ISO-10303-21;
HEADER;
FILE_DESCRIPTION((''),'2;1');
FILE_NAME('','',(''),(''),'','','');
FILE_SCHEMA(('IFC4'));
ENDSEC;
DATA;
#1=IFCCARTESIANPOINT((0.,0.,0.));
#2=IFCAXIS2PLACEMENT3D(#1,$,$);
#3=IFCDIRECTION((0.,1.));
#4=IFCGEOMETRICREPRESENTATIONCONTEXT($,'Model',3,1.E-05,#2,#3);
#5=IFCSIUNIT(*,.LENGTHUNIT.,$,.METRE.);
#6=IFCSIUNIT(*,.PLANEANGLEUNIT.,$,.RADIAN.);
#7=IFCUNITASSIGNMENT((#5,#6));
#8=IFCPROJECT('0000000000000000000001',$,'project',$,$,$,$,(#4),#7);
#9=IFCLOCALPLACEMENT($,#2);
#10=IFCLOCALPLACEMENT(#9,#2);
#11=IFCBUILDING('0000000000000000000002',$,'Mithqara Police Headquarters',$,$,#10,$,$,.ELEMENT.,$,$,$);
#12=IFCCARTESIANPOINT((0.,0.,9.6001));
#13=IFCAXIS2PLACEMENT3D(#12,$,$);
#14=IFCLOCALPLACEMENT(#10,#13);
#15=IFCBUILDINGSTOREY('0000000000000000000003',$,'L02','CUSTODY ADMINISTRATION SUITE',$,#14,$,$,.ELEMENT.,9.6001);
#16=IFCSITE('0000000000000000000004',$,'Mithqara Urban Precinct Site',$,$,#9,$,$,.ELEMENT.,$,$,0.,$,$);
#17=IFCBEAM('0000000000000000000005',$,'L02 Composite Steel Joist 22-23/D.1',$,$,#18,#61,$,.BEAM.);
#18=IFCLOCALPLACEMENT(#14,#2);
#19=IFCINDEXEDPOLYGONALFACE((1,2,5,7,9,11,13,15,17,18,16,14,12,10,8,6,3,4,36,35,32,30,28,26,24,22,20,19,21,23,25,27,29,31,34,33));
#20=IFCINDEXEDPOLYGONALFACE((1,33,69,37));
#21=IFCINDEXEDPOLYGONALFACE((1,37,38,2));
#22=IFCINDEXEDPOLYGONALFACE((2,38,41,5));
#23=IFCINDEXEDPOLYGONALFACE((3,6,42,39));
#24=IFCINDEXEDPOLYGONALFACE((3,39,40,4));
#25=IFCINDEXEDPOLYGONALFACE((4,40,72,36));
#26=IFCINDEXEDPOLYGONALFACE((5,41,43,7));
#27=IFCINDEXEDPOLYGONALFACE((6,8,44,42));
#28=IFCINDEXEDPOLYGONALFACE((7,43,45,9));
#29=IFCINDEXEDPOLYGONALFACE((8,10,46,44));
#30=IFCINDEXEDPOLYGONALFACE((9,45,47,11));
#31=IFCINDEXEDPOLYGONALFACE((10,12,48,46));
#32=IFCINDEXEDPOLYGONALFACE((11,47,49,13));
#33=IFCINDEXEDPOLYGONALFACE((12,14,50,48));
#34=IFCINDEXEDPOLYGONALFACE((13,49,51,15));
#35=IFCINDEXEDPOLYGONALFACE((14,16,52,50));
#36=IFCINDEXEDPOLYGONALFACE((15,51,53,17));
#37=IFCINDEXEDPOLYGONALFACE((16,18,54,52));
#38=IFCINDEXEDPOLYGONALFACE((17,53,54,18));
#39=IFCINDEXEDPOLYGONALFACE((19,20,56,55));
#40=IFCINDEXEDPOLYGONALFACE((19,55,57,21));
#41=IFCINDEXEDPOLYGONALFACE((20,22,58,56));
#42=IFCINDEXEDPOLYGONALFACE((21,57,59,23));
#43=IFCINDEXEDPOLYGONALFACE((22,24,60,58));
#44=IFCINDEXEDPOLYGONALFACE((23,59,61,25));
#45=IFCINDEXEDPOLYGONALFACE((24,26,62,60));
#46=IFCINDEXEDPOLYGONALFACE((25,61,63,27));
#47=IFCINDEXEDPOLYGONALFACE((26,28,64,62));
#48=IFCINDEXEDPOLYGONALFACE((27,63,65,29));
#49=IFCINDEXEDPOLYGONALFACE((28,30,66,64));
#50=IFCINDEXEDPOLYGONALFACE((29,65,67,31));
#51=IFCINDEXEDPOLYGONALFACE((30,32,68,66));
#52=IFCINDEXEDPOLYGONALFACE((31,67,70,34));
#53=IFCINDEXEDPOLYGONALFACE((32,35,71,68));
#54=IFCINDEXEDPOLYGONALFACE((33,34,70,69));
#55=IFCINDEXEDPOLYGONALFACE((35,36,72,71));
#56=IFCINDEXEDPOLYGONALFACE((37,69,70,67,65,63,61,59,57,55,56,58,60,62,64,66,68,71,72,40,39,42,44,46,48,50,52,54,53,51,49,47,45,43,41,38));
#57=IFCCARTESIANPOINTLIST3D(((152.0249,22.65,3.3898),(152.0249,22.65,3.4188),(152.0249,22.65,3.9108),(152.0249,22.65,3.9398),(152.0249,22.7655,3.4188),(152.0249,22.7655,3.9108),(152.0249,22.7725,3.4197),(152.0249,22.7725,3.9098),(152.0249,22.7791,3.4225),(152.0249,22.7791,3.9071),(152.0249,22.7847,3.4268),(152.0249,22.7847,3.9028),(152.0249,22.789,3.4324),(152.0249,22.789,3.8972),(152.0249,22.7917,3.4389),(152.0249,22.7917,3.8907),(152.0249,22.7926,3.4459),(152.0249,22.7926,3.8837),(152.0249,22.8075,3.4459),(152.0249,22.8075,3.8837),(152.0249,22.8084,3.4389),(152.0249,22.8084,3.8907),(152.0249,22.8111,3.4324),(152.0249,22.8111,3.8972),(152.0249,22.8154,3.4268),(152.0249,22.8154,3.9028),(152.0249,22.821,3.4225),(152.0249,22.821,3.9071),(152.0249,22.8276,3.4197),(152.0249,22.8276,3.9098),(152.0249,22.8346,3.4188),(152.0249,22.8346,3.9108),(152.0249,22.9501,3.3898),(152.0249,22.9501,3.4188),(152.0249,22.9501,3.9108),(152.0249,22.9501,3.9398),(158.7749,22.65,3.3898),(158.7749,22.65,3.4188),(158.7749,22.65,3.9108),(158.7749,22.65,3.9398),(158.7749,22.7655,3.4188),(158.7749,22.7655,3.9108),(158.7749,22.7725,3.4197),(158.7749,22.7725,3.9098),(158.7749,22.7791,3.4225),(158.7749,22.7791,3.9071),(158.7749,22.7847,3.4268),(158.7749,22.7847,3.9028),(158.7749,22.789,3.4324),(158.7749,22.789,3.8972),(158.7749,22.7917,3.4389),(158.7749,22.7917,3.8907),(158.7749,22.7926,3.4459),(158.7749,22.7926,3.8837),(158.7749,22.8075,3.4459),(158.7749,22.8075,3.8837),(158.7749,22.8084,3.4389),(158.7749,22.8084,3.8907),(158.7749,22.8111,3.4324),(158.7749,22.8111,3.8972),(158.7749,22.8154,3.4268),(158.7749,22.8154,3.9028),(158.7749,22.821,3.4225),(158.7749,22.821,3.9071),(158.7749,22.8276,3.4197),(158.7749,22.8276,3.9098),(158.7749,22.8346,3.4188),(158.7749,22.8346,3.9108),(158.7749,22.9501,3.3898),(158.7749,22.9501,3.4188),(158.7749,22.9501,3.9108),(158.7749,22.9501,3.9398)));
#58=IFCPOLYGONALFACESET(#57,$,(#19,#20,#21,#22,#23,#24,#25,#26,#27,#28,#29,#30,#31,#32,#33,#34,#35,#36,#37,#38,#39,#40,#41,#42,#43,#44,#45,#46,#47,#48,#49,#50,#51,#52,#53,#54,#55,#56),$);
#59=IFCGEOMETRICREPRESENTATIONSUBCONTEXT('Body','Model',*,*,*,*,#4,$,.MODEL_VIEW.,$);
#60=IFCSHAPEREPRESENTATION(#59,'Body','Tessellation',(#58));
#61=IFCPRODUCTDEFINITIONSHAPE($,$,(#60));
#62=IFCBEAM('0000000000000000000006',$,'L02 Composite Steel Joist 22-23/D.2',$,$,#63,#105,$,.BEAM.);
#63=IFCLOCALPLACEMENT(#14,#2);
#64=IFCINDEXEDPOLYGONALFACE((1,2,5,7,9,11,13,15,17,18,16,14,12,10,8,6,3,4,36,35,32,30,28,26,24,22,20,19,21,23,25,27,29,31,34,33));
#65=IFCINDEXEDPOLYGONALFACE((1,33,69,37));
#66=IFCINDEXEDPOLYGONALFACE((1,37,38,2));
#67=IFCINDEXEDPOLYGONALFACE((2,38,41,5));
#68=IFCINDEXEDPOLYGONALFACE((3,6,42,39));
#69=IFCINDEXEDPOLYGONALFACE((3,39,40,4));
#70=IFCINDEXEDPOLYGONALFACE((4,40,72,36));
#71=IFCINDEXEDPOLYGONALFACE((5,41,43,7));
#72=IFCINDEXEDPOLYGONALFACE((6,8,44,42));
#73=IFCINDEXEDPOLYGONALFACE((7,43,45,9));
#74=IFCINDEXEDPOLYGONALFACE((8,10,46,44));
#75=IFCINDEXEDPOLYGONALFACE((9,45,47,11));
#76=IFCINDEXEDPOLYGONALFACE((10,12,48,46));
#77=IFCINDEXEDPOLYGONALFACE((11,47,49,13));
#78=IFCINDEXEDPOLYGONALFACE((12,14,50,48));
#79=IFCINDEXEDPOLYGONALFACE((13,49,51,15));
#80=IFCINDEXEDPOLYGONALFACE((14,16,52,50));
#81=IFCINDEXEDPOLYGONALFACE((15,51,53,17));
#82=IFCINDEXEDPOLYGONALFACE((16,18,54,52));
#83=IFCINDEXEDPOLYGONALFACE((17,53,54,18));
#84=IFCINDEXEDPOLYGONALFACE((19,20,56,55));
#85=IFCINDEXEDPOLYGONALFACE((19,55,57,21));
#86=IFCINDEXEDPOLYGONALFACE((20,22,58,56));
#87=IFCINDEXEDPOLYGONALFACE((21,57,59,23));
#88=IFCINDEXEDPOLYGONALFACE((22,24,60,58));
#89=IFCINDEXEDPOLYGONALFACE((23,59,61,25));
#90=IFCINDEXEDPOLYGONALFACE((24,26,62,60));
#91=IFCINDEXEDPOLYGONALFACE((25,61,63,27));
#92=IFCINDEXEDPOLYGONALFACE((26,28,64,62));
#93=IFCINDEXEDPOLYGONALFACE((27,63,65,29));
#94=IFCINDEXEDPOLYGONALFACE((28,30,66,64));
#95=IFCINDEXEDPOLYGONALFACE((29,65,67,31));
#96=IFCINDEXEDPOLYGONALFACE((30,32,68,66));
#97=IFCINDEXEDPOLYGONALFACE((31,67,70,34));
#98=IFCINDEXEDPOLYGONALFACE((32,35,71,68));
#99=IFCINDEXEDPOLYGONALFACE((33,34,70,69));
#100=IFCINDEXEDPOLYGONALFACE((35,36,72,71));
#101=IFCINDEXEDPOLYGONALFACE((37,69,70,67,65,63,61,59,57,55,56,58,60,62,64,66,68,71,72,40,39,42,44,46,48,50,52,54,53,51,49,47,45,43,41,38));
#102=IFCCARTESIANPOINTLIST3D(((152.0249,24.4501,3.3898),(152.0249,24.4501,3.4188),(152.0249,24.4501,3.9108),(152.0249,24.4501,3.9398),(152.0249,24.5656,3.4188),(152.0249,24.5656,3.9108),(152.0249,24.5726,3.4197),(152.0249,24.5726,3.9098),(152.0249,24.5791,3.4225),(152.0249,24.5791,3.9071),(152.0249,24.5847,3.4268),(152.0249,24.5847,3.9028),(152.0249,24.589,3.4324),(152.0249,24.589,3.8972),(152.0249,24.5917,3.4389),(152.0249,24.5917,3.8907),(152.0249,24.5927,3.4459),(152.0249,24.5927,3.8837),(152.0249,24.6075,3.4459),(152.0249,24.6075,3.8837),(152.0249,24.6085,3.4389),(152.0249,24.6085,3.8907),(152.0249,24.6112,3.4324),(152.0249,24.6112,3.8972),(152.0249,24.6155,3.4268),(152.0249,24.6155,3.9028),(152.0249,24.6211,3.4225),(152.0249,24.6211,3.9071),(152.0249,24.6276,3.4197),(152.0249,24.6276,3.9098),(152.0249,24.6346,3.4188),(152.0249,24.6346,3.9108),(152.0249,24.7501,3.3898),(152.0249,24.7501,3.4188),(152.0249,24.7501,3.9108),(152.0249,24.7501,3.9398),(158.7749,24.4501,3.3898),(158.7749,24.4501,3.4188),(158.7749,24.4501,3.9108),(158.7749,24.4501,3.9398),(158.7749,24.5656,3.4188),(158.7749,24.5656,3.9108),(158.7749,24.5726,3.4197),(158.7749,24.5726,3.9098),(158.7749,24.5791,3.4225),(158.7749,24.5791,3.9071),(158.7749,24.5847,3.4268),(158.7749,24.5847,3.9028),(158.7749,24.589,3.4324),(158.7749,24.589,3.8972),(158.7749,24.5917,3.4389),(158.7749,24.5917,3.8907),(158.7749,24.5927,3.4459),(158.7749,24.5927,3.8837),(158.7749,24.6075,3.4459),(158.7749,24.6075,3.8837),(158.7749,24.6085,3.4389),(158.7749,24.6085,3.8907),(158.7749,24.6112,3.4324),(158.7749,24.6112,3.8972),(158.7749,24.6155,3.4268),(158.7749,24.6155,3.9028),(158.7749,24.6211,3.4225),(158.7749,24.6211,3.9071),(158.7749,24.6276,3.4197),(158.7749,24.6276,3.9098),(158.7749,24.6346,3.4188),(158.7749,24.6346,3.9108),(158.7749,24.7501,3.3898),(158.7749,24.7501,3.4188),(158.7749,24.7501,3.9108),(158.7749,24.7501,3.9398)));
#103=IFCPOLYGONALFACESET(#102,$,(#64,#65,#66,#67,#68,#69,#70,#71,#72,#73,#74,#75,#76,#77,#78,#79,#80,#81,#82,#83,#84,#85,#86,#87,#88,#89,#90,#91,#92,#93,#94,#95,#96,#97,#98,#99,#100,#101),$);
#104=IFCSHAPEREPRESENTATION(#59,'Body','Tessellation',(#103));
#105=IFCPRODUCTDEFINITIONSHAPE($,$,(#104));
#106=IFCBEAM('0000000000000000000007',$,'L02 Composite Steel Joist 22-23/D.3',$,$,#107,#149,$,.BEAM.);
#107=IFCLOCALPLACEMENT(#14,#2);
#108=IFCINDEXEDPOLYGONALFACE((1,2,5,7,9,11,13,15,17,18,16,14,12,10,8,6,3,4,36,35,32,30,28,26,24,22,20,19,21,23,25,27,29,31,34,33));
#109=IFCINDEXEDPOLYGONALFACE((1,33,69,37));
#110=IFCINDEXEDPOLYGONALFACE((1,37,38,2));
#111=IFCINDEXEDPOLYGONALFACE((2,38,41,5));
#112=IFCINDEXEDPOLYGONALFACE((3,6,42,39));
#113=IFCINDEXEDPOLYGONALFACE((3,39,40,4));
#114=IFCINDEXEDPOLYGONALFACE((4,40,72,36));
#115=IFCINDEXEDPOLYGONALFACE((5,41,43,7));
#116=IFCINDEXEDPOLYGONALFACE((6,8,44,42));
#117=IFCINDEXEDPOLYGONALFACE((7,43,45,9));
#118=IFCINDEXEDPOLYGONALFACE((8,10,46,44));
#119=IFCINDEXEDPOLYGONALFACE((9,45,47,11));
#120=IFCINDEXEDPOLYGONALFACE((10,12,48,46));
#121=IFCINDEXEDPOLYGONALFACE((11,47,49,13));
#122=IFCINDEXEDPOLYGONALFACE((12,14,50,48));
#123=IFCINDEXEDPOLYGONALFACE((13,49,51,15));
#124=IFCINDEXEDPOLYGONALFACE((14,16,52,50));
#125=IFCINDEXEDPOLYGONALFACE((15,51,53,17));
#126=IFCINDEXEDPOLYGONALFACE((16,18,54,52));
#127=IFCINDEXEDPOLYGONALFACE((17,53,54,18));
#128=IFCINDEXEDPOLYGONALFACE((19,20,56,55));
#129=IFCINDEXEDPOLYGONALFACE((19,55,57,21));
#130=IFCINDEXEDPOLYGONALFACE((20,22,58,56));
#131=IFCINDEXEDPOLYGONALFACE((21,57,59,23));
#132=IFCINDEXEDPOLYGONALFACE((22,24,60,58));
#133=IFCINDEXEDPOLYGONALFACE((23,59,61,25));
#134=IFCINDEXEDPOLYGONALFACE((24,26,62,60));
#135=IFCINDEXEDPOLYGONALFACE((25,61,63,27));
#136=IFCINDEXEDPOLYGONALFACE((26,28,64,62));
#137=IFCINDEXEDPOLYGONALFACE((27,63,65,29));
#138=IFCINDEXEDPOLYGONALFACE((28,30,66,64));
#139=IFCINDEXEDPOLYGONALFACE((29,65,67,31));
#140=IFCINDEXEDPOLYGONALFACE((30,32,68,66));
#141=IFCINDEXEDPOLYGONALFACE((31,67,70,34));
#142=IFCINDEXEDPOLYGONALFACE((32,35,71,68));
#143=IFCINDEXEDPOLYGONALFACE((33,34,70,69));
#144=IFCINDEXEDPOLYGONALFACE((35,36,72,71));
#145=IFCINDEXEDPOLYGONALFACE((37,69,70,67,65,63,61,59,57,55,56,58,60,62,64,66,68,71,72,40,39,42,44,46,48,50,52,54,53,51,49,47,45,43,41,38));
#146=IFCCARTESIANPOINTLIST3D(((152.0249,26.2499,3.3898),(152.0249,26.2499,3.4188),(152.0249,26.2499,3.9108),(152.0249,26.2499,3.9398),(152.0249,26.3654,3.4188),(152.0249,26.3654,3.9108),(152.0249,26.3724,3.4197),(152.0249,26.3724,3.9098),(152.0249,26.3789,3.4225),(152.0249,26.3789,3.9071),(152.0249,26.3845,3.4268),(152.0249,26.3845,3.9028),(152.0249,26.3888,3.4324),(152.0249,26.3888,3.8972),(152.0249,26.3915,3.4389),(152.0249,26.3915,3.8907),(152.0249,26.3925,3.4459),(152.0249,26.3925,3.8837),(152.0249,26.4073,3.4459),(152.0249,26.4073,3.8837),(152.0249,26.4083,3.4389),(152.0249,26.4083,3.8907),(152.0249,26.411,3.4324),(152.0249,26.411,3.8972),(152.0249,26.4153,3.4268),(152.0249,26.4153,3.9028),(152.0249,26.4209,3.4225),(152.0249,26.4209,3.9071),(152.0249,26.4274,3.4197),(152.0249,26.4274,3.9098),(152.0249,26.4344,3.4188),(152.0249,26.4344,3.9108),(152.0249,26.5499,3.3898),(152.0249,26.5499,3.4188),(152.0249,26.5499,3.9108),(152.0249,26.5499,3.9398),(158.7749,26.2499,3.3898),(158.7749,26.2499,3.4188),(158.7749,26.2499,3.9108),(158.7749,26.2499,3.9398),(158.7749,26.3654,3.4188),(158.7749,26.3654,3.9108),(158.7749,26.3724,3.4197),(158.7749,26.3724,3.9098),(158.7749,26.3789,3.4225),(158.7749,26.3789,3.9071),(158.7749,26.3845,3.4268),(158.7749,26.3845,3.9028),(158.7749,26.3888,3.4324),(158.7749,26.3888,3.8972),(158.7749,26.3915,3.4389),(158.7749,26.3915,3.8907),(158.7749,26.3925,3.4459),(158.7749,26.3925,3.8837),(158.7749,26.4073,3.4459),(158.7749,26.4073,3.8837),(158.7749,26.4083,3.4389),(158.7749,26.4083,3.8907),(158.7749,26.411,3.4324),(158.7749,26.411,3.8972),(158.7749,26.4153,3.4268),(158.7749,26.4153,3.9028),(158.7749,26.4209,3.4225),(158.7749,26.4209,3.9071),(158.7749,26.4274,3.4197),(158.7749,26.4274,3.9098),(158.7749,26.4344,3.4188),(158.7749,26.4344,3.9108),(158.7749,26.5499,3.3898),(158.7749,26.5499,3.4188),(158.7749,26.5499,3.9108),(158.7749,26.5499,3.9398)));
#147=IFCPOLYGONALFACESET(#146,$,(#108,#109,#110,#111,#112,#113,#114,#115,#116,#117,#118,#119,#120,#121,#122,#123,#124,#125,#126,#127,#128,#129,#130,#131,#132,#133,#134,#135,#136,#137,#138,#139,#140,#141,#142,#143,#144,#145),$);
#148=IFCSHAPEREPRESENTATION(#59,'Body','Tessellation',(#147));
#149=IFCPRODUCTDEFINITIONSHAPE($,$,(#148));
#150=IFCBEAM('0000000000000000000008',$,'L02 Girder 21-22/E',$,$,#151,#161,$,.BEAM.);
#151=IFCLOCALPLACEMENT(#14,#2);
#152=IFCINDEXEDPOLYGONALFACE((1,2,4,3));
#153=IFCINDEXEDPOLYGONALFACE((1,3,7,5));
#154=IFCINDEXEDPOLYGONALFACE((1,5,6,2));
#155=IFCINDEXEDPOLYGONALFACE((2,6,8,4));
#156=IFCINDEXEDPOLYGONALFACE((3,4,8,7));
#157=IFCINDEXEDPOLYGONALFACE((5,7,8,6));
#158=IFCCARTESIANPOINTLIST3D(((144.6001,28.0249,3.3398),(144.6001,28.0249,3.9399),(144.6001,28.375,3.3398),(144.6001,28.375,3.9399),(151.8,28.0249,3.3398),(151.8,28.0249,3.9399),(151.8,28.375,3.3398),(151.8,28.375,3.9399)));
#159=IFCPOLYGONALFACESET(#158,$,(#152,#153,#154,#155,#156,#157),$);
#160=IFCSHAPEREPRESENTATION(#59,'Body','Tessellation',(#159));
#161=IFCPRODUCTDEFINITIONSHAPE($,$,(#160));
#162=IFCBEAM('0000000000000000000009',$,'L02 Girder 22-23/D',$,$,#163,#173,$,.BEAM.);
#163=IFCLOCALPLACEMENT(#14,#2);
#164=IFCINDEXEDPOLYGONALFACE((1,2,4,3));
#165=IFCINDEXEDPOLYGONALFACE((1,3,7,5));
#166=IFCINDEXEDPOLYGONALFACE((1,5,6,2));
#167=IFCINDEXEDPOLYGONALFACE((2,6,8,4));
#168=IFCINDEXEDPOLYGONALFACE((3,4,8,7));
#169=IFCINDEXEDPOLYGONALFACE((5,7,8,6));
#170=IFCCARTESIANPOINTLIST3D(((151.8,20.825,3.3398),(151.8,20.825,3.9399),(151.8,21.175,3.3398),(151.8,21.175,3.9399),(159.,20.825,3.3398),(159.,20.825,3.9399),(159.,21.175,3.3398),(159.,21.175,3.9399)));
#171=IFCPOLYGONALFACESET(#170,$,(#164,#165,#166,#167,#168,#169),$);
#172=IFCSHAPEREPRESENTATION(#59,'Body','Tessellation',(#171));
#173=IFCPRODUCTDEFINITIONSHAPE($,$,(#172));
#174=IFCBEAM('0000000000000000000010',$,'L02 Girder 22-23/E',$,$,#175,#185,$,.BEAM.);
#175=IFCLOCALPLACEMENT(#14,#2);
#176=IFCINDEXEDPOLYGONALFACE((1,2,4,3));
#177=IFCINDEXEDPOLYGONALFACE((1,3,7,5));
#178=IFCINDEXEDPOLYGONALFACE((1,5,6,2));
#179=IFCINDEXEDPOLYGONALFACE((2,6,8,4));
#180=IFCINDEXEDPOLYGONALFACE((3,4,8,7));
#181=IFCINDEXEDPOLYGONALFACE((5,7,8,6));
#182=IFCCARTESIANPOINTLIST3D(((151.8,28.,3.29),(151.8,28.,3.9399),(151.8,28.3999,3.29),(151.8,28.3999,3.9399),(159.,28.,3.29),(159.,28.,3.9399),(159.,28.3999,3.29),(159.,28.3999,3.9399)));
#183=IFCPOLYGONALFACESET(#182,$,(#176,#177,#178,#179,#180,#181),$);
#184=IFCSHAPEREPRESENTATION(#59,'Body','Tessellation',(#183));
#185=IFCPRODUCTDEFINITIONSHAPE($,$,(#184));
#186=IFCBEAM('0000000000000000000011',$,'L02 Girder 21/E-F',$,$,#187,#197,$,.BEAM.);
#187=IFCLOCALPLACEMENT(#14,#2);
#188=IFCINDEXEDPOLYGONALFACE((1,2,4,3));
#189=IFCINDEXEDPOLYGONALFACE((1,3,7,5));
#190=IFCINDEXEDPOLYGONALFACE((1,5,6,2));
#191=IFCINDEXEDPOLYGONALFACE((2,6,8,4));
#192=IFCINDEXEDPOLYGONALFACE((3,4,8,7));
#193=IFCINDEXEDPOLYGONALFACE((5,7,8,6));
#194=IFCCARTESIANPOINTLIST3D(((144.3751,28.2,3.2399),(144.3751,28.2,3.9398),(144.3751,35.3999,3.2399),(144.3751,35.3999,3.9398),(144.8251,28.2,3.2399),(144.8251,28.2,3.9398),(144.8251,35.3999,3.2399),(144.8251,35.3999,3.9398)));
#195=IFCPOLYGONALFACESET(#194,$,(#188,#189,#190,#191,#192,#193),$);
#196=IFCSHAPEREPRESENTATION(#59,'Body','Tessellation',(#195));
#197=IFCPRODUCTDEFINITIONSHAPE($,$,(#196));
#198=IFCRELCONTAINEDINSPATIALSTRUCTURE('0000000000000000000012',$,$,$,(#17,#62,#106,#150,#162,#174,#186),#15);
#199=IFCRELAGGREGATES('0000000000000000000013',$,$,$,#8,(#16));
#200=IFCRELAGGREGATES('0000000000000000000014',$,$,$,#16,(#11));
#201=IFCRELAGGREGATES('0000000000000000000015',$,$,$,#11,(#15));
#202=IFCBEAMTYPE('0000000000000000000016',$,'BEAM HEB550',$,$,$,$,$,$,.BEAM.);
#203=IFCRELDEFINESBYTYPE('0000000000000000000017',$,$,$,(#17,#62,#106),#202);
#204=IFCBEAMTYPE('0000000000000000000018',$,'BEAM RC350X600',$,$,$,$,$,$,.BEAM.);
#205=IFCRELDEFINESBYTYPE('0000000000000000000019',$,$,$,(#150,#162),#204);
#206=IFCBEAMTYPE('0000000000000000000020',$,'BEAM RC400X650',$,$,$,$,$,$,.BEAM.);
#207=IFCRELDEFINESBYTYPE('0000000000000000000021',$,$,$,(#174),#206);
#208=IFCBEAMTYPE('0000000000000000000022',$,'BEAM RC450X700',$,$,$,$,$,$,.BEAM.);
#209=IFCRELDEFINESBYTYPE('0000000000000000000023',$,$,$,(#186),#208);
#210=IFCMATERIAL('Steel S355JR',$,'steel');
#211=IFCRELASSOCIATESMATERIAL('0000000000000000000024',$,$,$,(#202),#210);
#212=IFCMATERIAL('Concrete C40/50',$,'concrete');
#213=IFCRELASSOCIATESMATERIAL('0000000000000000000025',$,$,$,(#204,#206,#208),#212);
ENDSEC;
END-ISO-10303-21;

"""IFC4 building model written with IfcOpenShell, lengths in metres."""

from ifc_helpers import new_model, si_unit, direction, frame, origin, origin_2d, place, context, subcontext, project, spatial, rectangle, i_section, extrude, material, material_profile, profile_set, type_object, element, save


model = new_model("IFC4")

# Units and contexts
model_context = context("Model", 3, precision=1e-05, world=origin(), true_north=direction((0.0, 1.0)))
body_context = subcontext(model_context, "Body", "Model", "MODEL_VIEW")
ifc_project = project(units=[si_unit("LENGTHUNIT", "METRE"), si_unit("PLANEANGLEUNIT", "RADIAN")], contexts=[model_context])

# Site, building, storey
site_placement = place(None, origin())
site = spatial("IfcSite", under=ifc_project, at=site_placement, Name="Mithqara Urban Precinct Site", CompositionType="ELEMENT", RefElevation=0.0)
building_placement = place(site_placement, origin())
building = spatial("IfcBuilding", under=site, at=building_placement, Name="Mithqara Police Headquarters", CompositionType="ELEMENT")
storey_placement = place(building_placement, frame((0.0, 0.0, 9.6001)))
storey = spatial("IfcBuildingStorey", under=building, at=storey_placement, Name="L02", Description="CUSTODY ADMINISTRATION SUITE", CompositionType="ELEMENT", Elevation=9.6001)

# Beams
ifc_material_1 = material(Name="Steel S355JR", Category="steel")
ifc_material_profile_1 = material_profile(ifc_material_1, i_section(OverallWidth=0.3, OverallDepth=0.55, WebThickness=0.0149, FlangeThickness=0.0291, FilletRadius=0.0271, at=origin_2d()), Name="HEB 550")
ifc_profile_set_1 = profile_set([ifc_material_profile_1], Name="Steel S355JR")
beam_type_1 = type_object("IfcBeamType", Name="BEAM HEB550", PredefinedType="BEAM", material=ifc_profile_set_1)
for number, where, z_axis, x_axis, name in (
    (1, (152.0249, 22.8, 3.6648), (1.0, 0.0, 0.0), (0.0, 1.0, 0.0), "L02 Composite Steel Joist 22-23/D.1"),
    (2, (152.0249, 24.6001, 3.6648), (1.0, 0.0, 0.0), (0.0, 1.0, 0.0), "L02 Composite Steel Joist 22-23/D.2"),
    (3, (152.0249, 26.3999, 3.6648), (1.0, 0.0, 0.0), (0.0, 1.0, 0.0), "L02 Composite Steel Joist 22-23/D.3"),
):
    element("IfcBeam", number, at=place(storey_placement, frame(where, z_axis=z_axis, x_axis=x_axis)), inside=storey, type_object=beam_type_1, Name=name, PredefinedType="BEAM", context=body_context, shape_type="SweptSolid", body=[
        extrude(i_section(OverallWidth=0.3, OverallDepth=0.55, WebThickness=0.0149, FlangeThickness=0.0291, FilletRadius=0.0271, at=origin_2d()), origin(), (0.0, 0.0, 1.0), 6.75),
    ])
ifc_material_2 = material(Name="Concrete C40/50", Category="concrete")
ifc_material_profile_2 = material_profile(ifc_material_2, rectangle(XDim=0.3501, YDim=0.6001, at=origin_2d()), Name="RC 350x600")
ifc_profile_set_2 = profile_set([ifc_material_profile_2], Name="Concrete C40/50")
beam_type_2 = type_object("IfcBeamType", Name="BEAM RC350X600", PredefinedType="BEAM", material=ifc_profile_set_2)
for number, where, z_axis, x_axis, name in (
    (4, (144.6001, 28.2, 3.6399), (1.0, 0.0, 0.0), (0.0, 1.0, 0.0), "L02 Girder 21-22/E"),
    (5, (151.8, 21.0, 3.6399), (1.0, 0.0, 0.0), (0.0, 1.0, 0.0), "L02 Girder 22-23/D"),
):
    element("IfcBeam", number, at=place(storey_placement, frame(where, z_axis=z_axis, x_axis=x_axis)), inside=storey, type_object=beam_type_2, Name=name, PredefinedType="BEAM", context=body_context, shape_type="SweptSolid", body=[
        extrude(rectangle(XDim=0.3501, YDim=0.6001, at=origin_2d()), origin(), (0.0, 0.0, 1.0), 7.2),
    ])
ifc_material_profile_3 = material_profile(ifc_material_2, rectangle(XDim=0.3999, YDim=0.6499, at=origin_2d()), Name="RC 400x650")
ifc_profile_set_3 = profile_set([ifc_material_profile_3], Name="Concrete C40/50")
beam_type_3 = type_object("IfcBeamType", Name="BEAM RC400X650", PredefinedType="BEAM", material=ifc_profile_set_3)
beam_1_placement = place(storey_placement, frame((151.8, 28.2, 3.615), z_axis=(1.0, 0.0, 0.0), x_axis=(0.0, 1.0, 0.0)))
element("IfcBeam", 6, at=beam_1_placement, inside=storey, type_object=beam_type_3, Name="L02 Girder 22-23/E", PredefinedType="BEAM", context=body_context, shape_type="SweptSolid", body=[
    extrude(rectangle(XDim=0.3999, YDim=0.6499, at=origin_2d()), origin(), (0.0, 0.0, 1.0), 7.2),
])
ifc_material_profile_4 = material_profile(ifc_material_2, rectangle(XDim=0.45, YDim=0.7, at=origin_2d()), Name="RC 450x700")
ifc_profile_set_4 = profile_set([ifc_material_profile_4], Name="Concrete C40/50")
beam_type_4 = type_object("IfcBeamType", Name="BEAM RC450X700", PredefinedType="BEAM", material=ifc_profile_set_4)
for number, where, z_axis, x_axis, name in (
    (7, (144.6001, 28.2, 3.5898), (0.0, 1.0, 0.0), (-1.0, 0.0, 0.0), "L02 Girder 21/E-F"),
):
    element("IfcBeam", number, at=place(storey_placement, frame(where, z_axis=z_axis, x_axis=x_axis)), inside=storey, type_object=beam_type_4, Name=name, PredefinedType="BEAM", context=body_context, shape_type="SweptSolid", body=[
        extrude(rectangle(XDim=0.45, YDim=0.7, at=origin_2d()), origin(), (0.0, 0.0, 1.0), 7.2),
    ])

save(model, "model.ifc")
